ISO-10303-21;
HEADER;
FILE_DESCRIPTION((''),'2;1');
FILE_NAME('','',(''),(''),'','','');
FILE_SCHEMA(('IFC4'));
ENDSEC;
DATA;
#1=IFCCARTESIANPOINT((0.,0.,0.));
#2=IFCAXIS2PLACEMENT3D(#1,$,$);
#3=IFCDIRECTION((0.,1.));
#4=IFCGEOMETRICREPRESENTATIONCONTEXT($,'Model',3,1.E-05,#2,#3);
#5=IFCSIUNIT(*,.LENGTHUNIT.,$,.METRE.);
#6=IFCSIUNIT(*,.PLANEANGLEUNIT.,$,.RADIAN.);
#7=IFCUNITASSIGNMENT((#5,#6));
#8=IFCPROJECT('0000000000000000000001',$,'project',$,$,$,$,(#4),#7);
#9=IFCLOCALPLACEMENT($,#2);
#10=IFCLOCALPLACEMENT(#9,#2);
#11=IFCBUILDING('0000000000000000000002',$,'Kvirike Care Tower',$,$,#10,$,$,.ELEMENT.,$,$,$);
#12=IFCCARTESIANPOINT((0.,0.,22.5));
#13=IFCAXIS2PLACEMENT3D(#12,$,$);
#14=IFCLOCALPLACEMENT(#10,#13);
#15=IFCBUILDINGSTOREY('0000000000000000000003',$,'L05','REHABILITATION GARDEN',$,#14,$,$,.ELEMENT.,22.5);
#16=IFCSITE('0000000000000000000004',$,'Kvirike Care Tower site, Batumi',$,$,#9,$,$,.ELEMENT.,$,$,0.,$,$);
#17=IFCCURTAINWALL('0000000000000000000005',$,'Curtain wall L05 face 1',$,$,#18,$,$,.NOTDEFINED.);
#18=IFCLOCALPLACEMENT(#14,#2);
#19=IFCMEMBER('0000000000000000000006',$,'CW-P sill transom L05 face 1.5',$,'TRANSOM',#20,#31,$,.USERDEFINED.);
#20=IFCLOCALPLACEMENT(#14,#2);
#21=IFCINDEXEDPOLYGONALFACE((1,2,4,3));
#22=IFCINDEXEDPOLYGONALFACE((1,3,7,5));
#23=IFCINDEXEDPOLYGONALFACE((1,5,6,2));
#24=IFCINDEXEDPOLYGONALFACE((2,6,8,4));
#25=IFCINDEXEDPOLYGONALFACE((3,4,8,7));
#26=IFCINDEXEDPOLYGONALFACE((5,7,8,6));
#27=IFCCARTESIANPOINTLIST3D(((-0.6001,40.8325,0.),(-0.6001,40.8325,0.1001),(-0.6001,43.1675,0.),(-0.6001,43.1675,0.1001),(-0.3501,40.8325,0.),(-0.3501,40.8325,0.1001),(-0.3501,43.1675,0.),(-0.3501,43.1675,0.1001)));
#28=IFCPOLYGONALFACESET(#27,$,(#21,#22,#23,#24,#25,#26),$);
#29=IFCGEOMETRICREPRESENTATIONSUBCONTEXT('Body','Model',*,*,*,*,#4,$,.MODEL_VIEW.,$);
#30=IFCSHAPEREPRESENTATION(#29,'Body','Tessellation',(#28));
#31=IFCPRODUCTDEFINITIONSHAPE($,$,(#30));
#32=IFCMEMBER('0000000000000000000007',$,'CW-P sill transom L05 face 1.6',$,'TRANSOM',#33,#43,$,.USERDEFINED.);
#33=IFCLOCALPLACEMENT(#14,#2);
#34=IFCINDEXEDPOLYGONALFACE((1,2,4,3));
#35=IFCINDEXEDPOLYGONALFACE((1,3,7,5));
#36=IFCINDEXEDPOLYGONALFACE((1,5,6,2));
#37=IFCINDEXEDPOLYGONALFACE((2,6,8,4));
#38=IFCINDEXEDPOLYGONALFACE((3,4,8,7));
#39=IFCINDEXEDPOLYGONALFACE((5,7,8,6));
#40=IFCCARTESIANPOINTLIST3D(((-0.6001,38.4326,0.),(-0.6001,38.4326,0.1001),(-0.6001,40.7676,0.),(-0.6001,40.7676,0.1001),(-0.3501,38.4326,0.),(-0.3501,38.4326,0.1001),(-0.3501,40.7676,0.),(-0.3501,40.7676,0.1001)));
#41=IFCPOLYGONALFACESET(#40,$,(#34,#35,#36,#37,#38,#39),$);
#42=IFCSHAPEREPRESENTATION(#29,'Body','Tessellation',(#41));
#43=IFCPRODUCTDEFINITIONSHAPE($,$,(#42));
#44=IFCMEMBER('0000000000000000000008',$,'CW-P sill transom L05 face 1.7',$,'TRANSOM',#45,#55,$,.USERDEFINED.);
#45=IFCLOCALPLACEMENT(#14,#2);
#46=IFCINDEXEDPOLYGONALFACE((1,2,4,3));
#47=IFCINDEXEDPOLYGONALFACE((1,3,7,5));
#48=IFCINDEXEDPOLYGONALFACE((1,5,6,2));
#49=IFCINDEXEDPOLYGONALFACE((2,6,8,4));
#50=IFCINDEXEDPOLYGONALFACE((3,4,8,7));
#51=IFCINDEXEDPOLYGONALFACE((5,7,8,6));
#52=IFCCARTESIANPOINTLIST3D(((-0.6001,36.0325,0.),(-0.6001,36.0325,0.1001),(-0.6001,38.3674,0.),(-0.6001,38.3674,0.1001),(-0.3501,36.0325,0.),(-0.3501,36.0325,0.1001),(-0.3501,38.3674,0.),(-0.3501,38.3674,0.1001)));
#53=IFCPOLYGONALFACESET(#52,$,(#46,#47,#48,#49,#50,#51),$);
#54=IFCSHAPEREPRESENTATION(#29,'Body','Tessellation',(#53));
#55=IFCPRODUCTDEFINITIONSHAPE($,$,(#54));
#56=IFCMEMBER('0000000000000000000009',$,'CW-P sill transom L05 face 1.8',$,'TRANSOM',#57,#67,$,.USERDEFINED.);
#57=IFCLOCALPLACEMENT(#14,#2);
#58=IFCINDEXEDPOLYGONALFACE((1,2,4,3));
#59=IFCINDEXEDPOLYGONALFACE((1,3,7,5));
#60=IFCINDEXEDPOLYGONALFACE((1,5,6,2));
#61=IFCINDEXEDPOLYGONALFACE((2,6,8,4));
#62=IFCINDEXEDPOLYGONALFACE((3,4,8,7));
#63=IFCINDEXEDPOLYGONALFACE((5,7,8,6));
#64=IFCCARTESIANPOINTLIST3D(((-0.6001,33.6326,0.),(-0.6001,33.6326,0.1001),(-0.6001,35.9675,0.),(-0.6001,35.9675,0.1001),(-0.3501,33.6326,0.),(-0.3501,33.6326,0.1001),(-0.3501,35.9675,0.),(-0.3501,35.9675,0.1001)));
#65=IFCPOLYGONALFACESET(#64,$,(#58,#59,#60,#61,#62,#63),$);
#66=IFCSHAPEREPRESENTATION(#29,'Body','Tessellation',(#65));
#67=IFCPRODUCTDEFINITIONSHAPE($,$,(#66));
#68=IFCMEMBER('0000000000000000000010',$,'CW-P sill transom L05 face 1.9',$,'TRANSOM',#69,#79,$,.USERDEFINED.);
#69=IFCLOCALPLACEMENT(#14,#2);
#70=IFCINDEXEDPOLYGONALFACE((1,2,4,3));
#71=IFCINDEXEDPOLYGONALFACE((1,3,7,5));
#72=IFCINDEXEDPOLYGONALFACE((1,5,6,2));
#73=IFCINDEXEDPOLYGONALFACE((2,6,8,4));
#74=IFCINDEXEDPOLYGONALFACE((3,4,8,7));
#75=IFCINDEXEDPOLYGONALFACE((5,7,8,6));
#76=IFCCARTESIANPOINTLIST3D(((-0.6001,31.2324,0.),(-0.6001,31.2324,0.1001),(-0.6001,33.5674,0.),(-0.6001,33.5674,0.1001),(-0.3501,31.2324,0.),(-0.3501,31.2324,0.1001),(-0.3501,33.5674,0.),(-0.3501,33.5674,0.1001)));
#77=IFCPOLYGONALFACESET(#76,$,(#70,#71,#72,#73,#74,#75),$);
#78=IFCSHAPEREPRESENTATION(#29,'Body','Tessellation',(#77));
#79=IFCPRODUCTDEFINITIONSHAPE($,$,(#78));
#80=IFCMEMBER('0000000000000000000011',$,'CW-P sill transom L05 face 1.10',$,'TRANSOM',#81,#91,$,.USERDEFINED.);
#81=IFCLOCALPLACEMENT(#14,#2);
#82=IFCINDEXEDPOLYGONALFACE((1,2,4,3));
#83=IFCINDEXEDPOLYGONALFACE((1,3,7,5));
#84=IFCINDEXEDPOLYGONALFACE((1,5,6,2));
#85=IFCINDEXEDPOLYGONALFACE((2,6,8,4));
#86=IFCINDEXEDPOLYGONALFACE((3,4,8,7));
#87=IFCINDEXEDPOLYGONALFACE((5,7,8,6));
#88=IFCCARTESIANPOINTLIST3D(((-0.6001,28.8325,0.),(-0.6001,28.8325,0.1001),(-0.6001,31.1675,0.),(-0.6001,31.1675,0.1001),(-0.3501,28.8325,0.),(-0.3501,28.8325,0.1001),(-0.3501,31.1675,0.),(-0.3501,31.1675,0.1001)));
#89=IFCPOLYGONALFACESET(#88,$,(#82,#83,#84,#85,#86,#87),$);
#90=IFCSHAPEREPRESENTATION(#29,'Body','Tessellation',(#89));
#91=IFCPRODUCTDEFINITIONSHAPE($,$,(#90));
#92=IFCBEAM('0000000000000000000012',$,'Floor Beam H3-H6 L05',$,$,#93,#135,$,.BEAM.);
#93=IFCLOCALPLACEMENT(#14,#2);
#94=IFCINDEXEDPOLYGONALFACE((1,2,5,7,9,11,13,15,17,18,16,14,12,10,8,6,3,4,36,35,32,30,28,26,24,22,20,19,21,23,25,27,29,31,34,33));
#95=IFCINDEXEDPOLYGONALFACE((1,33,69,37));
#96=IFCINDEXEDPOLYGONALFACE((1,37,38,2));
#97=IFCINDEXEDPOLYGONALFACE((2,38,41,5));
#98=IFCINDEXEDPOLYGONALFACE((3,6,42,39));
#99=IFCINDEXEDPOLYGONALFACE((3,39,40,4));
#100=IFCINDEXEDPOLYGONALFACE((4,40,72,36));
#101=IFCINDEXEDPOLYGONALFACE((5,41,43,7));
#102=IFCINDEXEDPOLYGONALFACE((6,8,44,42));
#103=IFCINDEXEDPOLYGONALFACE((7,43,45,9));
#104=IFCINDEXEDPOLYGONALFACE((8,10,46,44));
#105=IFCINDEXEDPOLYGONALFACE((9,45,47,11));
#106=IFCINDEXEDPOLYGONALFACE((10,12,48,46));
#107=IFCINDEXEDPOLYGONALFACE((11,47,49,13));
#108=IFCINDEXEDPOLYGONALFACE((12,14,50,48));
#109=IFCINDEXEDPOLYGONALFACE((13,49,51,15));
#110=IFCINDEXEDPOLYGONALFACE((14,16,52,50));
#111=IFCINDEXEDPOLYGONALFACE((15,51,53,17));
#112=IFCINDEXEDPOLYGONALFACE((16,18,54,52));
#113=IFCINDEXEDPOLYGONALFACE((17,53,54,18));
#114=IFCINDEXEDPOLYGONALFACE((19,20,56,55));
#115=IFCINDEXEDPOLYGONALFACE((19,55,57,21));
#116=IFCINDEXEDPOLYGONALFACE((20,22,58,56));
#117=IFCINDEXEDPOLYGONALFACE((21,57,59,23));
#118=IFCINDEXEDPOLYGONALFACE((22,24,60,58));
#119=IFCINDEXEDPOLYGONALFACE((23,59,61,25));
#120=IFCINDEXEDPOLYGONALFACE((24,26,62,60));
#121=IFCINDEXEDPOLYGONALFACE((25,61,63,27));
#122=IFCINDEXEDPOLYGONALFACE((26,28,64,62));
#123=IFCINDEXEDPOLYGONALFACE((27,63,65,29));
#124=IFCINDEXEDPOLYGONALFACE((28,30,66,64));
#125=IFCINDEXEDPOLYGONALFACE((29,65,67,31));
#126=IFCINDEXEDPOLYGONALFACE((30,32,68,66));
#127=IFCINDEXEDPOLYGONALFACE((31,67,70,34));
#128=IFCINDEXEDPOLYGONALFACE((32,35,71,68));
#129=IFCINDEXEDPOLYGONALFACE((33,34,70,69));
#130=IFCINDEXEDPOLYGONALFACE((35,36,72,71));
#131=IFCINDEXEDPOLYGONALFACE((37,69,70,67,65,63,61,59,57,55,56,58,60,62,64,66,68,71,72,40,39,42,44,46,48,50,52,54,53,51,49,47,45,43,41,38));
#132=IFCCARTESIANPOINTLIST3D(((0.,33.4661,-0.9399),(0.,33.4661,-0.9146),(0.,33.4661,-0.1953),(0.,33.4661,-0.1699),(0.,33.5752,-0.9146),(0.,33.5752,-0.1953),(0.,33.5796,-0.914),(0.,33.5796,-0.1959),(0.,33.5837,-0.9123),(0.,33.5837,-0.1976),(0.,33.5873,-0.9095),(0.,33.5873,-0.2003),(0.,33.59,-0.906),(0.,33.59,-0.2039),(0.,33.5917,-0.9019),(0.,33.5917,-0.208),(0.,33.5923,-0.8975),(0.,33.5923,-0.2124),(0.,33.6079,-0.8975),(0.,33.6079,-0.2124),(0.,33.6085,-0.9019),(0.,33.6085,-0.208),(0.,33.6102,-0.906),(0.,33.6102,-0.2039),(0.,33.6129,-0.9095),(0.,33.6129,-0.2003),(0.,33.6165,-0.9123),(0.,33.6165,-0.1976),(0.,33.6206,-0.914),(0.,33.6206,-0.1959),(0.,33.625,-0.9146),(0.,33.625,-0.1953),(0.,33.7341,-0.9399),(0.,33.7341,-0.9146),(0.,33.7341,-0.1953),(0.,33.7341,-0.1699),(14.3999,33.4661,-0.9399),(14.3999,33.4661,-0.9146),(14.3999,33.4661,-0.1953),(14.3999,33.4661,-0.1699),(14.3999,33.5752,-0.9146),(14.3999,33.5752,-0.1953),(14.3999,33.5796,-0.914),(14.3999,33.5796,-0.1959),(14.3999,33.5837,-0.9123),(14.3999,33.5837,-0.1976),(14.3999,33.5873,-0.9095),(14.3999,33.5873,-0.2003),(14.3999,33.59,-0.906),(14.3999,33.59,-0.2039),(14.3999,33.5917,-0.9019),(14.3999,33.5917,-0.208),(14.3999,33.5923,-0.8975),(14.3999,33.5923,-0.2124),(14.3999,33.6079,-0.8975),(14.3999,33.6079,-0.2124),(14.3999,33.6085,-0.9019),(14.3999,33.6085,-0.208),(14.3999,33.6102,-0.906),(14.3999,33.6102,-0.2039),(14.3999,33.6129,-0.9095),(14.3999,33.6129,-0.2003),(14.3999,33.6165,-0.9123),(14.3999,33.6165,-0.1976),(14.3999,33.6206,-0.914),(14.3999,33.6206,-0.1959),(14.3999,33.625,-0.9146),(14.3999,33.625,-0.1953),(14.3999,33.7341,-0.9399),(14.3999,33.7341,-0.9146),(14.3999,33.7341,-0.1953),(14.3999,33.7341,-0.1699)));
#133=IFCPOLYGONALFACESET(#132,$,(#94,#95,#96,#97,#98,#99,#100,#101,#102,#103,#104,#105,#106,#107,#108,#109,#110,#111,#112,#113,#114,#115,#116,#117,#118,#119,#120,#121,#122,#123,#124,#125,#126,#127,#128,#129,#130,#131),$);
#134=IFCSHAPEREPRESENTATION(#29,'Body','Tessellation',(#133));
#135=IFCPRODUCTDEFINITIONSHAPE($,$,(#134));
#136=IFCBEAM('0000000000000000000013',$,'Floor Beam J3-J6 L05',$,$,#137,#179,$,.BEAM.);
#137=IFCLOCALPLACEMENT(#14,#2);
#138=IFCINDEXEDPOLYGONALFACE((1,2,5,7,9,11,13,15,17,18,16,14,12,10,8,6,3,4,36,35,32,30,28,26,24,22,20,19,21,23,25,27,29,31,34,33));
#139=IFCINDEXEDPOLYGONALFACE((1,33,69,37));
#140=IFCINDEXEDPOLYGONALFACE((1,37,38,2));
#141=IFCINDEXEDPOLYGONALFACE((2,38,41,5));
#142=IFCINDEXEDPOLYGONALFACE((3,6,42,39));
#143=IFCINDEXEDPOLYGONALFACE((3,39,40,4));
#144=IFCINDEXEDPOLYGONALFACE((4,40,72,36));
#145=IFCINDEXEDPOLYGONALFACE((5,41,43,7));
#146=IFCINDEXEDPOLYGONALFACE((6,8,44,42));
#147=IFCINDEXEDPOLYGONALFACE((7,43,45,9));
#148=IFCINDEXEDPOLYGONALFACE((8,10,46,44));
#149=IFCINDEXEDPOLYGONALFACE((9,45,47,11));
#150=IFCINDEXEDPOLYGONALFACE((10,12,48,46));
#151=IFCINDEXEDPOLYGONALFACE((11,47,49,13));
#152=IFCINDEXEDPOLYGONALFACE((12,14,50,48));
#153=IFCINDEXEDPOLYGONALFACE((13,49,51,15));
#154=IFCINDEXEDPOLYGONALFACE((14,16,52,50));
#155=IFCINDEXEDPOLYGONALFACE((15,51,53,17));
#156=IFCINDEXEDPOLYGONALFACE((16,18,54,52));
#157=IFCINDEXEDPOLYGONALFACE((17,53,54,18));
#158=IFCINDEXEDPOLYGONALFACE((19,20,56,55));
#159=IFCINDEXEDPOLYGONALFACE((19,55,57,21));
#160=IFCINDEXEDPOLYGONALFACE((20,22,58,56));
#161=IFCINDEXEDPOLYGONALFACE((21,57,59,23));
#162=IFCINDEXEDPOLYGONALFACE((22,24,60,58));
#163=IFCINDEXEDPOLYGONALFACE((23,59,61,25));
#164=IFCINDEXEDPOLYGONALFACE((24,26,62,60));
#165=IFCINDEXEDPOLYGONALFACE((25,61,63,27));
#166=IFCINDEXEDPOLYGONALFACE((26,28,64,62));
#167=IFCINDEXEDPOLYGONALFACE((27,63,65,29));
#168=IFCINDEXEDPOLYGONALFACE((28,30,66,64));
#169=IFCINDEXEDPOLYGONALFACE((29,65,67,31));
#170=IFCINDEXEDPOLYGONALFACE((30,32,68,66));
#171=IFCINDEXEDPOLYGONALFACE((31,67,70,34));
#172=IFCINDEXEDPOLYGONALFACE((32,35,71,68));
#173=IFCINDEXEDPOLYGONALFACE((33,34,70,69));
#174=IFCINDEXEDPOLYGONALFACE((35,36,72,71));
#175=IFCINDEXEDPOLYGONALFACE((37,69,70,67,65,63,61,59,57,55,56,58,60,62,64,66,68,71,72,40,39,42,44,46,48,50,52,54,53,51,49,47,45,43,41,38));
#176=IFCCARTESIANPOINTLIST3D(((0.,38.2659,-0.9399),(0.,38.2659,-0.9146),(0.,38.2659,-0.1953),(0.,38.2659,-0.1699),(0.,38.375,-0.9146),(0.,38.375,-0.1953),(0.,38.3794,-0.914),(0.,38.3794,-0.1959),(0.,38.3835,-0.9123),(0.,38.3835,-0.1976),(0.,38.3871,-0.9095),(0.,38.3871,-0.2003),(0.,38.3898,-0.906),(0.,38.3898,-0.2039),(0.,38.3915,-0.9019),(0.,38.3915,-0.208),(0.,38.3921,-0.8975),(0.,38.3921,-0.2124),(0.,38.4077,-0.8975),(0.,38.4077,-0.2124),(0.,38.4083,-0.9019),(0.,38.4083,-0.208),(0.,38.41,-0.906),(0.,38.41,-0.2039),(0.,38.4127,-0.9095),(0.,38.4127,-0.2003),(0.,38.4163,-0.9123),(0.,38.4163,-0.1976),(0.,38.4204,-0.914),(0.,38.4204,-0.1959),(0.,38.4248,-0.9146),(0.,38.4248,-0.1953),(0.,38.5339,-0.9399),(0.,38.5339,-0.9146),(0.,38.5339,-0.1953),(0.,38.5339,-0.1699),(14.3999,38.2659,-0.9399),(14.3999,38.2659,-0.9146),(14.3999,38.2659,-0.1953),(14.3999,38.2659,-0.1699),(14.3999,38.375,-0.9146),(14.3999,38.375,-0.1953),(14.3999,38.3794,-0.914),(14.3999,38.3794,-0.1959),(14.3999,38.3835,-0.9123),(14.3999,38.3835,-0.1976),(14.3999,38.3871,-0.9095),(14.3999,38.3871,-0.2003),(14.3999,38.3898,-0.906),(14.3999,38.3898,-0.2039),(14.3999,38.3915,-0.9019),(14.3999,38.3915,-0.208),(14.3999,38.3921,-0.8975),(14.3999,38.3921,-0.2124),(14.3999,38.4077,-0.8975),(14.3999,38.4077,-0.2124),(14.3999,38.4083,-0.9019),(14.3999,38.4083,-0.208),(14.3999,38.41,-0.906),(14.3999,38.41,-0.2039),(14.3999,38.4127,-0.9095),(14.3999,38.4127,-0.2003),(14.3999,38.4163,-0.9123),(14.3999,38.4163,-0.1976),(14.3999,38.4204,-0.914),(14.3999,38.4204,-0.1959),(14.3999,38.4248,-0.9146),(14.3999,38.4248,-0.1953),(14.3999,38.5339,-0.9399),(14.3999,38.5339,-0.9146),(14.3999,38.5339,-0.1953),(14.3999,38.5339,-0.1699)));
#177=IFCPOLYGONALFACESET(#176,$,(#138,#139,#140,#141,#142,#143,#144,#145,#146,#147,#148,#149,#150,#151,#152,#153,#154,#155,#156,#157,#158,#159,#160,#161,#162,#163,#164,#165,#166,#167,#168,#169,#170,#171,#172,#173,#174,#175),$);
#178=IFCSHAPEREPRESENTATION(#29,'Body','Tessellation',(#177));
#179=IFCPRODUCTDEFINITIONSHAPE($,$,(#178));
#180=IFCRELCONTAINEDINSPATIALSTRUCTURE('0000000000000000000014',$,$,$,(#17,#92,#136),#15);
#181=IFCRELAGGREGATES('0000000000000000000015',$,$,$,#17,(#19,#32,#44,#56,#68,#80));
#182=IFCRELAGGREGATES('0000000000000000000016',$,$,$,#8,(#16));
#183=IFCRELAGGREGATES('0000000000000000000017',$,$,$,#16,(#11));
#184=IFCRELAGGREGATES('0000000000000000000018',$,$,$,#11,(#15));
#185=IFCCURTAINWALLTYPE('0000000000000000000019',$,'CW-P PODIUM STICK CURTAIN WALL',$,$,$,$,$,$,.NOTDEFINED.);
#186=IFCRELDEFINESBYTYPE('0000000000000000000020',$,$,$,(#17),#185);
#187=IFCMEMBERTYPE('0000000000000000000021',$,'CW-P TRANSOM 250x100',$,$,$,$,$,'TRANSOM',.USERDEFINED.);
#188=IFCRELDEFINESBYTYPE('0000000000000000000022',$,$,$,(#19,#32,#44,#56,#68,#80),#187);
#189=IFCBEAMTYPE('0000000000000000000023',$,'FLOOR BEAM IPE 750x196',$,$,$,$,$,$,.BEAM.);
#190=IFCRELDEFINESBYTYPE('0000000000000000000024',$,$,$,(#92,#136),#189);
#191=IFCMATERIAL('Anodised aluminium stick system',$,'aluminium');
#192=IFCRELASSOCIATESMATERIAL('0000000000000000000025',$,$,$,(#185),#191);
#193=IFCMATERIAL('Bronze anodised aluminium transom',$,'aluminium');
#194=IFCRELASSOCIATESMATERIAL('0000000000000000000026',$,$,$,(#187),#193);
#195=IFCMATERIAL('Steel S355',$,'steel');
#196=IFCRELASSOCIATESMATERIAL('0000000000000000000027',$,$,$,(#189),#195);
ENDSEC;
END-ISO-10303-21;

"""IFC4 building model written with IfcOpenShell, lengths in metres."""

from ifc_helpers import new_model, si_unit, direction, frame, origin, origin_2d, place, context, subcontext, project, spatial, rectangle, i_section, extrude, material, material_profile, profile_set, type_object, element, aggregate, save


model = new_model("IFC4")

# Units and contexts
model_context = context("Model", 3, precision=1e-05, world=origin(), true_north=direction((0.0, 1.0)))
body_context = subcontext(model_context, "Body", "Model", "MODEL_VIEW")
ifc_project = project(units=[si_unit("LENGTHUNIT", "METRE"), si_unit("PLANEANGLEUNIT", "RADIAN")], contexts=[model_context])

# Site, building, storey
site_placement = place(None, origin())
site = spatial("IfcSite", under=ifc_project, at=site_placement, Name="Kvirike Care Tower site, Batumi", CompositionType="ELEMENT", RefElevation=0.0)
building_placement = place(site_placement, origin())
building = spatial("IfcBuilding", under=site, at=building_placement, Name="Kvirike Care Tower", CompositionType="ELEMENT")
storey_placement = place(building_placement, frame((0.0, 0.0, 22.5)))
storey = spatial("IfcBuildingStorey", under=building, at=storey_placement, Name="L05", Description="REHABILITATION GARDEN", CompositionType="ELEMENT", Elevation=22.5)

# Curtain wall, members
ifc_material_1 = material(Name="Anodised aluminium stick system", Category="aluminium")
curtain_wall_type = type_object("IfcCurtainWallType", Name="CW-P PODIUM STICK CURTAIN WALL", PredefinedType="NOTDEFINED", material=ifc_material_1)
curtain_wall_placement = place(storey_placement, origin())
curtain_wall = element("IfcCurtainWall", 1, at=curtain_wall_placement, inside=storey, type_object=curtain_wall_type, Name="Curtain wall L05 face 1", PredefinedType="NOTDEFINED")
ifc_material_2 = material(Name="Bronze anodised aluminium transom", Category="aluminium")
ifc_material_profile_1 = material_profile(ifc_material_2, rectangle(XDim=0.25, YDim=0.1001, at=origin_2d()), Name="CW-P TRANSOM 250x100")
ifc_profile_set_1 = profile_set([ifc_material_profile_1], Name="Bronze anodised aluminium transom")
member_type_1 = type_object("IfcMemberType", Name="CW-P TRANSOM 250x100", ElementType="TRANSOM", PredefinedType="USERDEFINED", material=ifc_profile_set_1)
member_1_placement = place(storey_placement, frame((-0.4751, 43.1675, 0.05), z_axis=(0.0, -1.0, 0.0), x_axis=(1.0, 0.0, 0.0)))
member_1 = element("IfcMember", 2, at=member_1_placement, type_object=member_type_1, Name="CW-P sill transom L05 face 1.5", ObjectType="TRANSOM", PredefinedType="USERDEFINED", context=body_context, shape_type="SweptSolid", body=[
    extrude(rectangle(XDim=0.25, YDim=0.1001, at=origin_2d()), origin(), (0.0, 0.0, 1.0), 2.335),
])
member_2_placement = place(storey_placement, frame((-0.4751, 40.7676, 0.05), z_axis=(0.0, -1.0, 0.0), x_axis=(1.0, 0.0, 0.0)))
member_2 = element("IfcMember", 3, at=member_2_placement, type_object=member_type_1, Name="CW-P sill transom L05 face 1.6", ObjectType="TRANSOM", PredefinedType="USERDEFINED", context=body_context, shape_type="SweptSolid", body=[
    extrude(rectangle(XDim=0.25, YDim=0.1001, at=origin_2d()), origin(), (0.0, 0.0, 1.0), 2.335),
])
member_3_placement = place(storey_placement, frame((-0.4751, 38.3674, 0.05), z_axis=(0.0, -1.0, 0.0), x_axis=(1.0, 0.0, 0.0)))
member_3 = element("IfcMember", 4, at=member_3_placement, type_object=member_type_1, Name="CW-P sill transom L05 face 1.7", ObjectType="TRANSOM", PredefinedType="USERDEFINED", context=body_context, shape_type="SweptSolid", body=[
    extrude(rectangle(XDim=0.25, YDim=0.1001, at=origin_2d()), origin(), (0.0, 0.0, 1.0), 2.335),
])
member_4_placement = place(storey_placement, frame((-0.4751, 35.9675, 0.05), z_axis=(0.0, -1.0, 0.0), x_axis=(1.0, 0.0, 0.0)))
member_4 = element("IfcMember", 5, at=member_4_placement, type_object=member_type_1, Name="CW-P sill transom L05 face 1.8", ObjectType="TRANSOM", PredefinedType="USERDEFINED", context=body_context, shape_type="SweptSolid", body=[
    extrude(rectangle(XDim=0.25, YDim=0.1001, at=origin_2d()), origin(), (0.0, 0.0, 1.0), 2.335),
])
member_5_placement = place(storey_placement, frame((-0.4751, 33.5674, 0.05), z_axis=(0.0, -1.0, 0.0), x_axis=(1.0, 0.0, 0.0)))
member_5 = element("IfcMember", 6, at=member_5_placement, type_object=member_type_1, Name="CW-P sill transom L05 face 1.9", ObjectType="TRANSOM", PredefinedType="USERDEFINED", context=body_context, shape_type="SweptSolid", body=[
    extrude(rectangle(XDim=0.25, YDim=0.1001, at=origin_2d()), origin(), (0.0, 0.0, 1.0), 2.335),
])
member_6_placement = place(storey_placement, frame((-0.4751, 31.1675, 0.05), z_axis=(0.0, -1.0, 0.0), x_axis=(1.0, 0.0, 0.0)))
member_6 = element("IfcMember", 7, at=member_6_placement, type_object=member_type_1, Name="CW-P sill transom L05 face 1.10", ObjectType="TRANSOM", PredefinedType="USERDEFINED", context=body_context, shape_type="SweptSolid", body=[
    extrude(rectangle(XDim=0.25, YDim=0.1001, at=origin_2d()), origin(), (0.0, 0.0, 1.0), 2.335),
])

# Beams
ifc_material_3 = material(Name="Steel S355", Category="steel")
ifc_material_profile_2 = material_profile(ifc_material_3, i_section(OverallWidth=0.2681, OverallDepth=0.77, WebThickness=0.0156, FlangeThickness=0.0254, FilletRadius=0.0171, at=origin_2d()), Name="IPE 750x196")
ifc_profile_set_2 = profile_set([ifc_material_profile_2], Name="Steel S355")
beam_type_1 = type_object("IfcBeamType", Name="FLOOR BEAM IPE 750x196", PredefinedType="BEAM", material=ifc_profile_set_2)
for number, where, z_axis, x_axis, name in (
    (8, (0.0, 33.6001, -0.5549), (1.0, 0.0, 0.0), (0.0, 1.0, 0.0), "Floor Beam H3-H6 L05"),
    (9, (0.0, 38.3999, -0.5549), (1.0, 0.0, 0.0), (0.0, 1.0, 0.0), "Floor Beam J3-J6 L05"),
):
    element("IfcBeam", number, at=place(storey_placement, frame(where, z_axis=z_axis, x_axis=x_axis)), inside=storey, type_object=beam_type_1, Name=name, PredefinedType="BEAM", context=body_context, shape_type="SweptSolid", body=[
        extrude(i_section(OverallWidth=0.2681, OverallDepth=0.77, WebThickness=0.0156, FlangeThickness=0.0254, FilletRadius=0.0171, at=origin_2d()), origin(), (0.0, 0.0, 1.0), 14.3999),
    ])

aggregate(curtain_wall, [member_1, member_2, member_3, member_4, member_5, member_6])

save(model, "model.ifc")
